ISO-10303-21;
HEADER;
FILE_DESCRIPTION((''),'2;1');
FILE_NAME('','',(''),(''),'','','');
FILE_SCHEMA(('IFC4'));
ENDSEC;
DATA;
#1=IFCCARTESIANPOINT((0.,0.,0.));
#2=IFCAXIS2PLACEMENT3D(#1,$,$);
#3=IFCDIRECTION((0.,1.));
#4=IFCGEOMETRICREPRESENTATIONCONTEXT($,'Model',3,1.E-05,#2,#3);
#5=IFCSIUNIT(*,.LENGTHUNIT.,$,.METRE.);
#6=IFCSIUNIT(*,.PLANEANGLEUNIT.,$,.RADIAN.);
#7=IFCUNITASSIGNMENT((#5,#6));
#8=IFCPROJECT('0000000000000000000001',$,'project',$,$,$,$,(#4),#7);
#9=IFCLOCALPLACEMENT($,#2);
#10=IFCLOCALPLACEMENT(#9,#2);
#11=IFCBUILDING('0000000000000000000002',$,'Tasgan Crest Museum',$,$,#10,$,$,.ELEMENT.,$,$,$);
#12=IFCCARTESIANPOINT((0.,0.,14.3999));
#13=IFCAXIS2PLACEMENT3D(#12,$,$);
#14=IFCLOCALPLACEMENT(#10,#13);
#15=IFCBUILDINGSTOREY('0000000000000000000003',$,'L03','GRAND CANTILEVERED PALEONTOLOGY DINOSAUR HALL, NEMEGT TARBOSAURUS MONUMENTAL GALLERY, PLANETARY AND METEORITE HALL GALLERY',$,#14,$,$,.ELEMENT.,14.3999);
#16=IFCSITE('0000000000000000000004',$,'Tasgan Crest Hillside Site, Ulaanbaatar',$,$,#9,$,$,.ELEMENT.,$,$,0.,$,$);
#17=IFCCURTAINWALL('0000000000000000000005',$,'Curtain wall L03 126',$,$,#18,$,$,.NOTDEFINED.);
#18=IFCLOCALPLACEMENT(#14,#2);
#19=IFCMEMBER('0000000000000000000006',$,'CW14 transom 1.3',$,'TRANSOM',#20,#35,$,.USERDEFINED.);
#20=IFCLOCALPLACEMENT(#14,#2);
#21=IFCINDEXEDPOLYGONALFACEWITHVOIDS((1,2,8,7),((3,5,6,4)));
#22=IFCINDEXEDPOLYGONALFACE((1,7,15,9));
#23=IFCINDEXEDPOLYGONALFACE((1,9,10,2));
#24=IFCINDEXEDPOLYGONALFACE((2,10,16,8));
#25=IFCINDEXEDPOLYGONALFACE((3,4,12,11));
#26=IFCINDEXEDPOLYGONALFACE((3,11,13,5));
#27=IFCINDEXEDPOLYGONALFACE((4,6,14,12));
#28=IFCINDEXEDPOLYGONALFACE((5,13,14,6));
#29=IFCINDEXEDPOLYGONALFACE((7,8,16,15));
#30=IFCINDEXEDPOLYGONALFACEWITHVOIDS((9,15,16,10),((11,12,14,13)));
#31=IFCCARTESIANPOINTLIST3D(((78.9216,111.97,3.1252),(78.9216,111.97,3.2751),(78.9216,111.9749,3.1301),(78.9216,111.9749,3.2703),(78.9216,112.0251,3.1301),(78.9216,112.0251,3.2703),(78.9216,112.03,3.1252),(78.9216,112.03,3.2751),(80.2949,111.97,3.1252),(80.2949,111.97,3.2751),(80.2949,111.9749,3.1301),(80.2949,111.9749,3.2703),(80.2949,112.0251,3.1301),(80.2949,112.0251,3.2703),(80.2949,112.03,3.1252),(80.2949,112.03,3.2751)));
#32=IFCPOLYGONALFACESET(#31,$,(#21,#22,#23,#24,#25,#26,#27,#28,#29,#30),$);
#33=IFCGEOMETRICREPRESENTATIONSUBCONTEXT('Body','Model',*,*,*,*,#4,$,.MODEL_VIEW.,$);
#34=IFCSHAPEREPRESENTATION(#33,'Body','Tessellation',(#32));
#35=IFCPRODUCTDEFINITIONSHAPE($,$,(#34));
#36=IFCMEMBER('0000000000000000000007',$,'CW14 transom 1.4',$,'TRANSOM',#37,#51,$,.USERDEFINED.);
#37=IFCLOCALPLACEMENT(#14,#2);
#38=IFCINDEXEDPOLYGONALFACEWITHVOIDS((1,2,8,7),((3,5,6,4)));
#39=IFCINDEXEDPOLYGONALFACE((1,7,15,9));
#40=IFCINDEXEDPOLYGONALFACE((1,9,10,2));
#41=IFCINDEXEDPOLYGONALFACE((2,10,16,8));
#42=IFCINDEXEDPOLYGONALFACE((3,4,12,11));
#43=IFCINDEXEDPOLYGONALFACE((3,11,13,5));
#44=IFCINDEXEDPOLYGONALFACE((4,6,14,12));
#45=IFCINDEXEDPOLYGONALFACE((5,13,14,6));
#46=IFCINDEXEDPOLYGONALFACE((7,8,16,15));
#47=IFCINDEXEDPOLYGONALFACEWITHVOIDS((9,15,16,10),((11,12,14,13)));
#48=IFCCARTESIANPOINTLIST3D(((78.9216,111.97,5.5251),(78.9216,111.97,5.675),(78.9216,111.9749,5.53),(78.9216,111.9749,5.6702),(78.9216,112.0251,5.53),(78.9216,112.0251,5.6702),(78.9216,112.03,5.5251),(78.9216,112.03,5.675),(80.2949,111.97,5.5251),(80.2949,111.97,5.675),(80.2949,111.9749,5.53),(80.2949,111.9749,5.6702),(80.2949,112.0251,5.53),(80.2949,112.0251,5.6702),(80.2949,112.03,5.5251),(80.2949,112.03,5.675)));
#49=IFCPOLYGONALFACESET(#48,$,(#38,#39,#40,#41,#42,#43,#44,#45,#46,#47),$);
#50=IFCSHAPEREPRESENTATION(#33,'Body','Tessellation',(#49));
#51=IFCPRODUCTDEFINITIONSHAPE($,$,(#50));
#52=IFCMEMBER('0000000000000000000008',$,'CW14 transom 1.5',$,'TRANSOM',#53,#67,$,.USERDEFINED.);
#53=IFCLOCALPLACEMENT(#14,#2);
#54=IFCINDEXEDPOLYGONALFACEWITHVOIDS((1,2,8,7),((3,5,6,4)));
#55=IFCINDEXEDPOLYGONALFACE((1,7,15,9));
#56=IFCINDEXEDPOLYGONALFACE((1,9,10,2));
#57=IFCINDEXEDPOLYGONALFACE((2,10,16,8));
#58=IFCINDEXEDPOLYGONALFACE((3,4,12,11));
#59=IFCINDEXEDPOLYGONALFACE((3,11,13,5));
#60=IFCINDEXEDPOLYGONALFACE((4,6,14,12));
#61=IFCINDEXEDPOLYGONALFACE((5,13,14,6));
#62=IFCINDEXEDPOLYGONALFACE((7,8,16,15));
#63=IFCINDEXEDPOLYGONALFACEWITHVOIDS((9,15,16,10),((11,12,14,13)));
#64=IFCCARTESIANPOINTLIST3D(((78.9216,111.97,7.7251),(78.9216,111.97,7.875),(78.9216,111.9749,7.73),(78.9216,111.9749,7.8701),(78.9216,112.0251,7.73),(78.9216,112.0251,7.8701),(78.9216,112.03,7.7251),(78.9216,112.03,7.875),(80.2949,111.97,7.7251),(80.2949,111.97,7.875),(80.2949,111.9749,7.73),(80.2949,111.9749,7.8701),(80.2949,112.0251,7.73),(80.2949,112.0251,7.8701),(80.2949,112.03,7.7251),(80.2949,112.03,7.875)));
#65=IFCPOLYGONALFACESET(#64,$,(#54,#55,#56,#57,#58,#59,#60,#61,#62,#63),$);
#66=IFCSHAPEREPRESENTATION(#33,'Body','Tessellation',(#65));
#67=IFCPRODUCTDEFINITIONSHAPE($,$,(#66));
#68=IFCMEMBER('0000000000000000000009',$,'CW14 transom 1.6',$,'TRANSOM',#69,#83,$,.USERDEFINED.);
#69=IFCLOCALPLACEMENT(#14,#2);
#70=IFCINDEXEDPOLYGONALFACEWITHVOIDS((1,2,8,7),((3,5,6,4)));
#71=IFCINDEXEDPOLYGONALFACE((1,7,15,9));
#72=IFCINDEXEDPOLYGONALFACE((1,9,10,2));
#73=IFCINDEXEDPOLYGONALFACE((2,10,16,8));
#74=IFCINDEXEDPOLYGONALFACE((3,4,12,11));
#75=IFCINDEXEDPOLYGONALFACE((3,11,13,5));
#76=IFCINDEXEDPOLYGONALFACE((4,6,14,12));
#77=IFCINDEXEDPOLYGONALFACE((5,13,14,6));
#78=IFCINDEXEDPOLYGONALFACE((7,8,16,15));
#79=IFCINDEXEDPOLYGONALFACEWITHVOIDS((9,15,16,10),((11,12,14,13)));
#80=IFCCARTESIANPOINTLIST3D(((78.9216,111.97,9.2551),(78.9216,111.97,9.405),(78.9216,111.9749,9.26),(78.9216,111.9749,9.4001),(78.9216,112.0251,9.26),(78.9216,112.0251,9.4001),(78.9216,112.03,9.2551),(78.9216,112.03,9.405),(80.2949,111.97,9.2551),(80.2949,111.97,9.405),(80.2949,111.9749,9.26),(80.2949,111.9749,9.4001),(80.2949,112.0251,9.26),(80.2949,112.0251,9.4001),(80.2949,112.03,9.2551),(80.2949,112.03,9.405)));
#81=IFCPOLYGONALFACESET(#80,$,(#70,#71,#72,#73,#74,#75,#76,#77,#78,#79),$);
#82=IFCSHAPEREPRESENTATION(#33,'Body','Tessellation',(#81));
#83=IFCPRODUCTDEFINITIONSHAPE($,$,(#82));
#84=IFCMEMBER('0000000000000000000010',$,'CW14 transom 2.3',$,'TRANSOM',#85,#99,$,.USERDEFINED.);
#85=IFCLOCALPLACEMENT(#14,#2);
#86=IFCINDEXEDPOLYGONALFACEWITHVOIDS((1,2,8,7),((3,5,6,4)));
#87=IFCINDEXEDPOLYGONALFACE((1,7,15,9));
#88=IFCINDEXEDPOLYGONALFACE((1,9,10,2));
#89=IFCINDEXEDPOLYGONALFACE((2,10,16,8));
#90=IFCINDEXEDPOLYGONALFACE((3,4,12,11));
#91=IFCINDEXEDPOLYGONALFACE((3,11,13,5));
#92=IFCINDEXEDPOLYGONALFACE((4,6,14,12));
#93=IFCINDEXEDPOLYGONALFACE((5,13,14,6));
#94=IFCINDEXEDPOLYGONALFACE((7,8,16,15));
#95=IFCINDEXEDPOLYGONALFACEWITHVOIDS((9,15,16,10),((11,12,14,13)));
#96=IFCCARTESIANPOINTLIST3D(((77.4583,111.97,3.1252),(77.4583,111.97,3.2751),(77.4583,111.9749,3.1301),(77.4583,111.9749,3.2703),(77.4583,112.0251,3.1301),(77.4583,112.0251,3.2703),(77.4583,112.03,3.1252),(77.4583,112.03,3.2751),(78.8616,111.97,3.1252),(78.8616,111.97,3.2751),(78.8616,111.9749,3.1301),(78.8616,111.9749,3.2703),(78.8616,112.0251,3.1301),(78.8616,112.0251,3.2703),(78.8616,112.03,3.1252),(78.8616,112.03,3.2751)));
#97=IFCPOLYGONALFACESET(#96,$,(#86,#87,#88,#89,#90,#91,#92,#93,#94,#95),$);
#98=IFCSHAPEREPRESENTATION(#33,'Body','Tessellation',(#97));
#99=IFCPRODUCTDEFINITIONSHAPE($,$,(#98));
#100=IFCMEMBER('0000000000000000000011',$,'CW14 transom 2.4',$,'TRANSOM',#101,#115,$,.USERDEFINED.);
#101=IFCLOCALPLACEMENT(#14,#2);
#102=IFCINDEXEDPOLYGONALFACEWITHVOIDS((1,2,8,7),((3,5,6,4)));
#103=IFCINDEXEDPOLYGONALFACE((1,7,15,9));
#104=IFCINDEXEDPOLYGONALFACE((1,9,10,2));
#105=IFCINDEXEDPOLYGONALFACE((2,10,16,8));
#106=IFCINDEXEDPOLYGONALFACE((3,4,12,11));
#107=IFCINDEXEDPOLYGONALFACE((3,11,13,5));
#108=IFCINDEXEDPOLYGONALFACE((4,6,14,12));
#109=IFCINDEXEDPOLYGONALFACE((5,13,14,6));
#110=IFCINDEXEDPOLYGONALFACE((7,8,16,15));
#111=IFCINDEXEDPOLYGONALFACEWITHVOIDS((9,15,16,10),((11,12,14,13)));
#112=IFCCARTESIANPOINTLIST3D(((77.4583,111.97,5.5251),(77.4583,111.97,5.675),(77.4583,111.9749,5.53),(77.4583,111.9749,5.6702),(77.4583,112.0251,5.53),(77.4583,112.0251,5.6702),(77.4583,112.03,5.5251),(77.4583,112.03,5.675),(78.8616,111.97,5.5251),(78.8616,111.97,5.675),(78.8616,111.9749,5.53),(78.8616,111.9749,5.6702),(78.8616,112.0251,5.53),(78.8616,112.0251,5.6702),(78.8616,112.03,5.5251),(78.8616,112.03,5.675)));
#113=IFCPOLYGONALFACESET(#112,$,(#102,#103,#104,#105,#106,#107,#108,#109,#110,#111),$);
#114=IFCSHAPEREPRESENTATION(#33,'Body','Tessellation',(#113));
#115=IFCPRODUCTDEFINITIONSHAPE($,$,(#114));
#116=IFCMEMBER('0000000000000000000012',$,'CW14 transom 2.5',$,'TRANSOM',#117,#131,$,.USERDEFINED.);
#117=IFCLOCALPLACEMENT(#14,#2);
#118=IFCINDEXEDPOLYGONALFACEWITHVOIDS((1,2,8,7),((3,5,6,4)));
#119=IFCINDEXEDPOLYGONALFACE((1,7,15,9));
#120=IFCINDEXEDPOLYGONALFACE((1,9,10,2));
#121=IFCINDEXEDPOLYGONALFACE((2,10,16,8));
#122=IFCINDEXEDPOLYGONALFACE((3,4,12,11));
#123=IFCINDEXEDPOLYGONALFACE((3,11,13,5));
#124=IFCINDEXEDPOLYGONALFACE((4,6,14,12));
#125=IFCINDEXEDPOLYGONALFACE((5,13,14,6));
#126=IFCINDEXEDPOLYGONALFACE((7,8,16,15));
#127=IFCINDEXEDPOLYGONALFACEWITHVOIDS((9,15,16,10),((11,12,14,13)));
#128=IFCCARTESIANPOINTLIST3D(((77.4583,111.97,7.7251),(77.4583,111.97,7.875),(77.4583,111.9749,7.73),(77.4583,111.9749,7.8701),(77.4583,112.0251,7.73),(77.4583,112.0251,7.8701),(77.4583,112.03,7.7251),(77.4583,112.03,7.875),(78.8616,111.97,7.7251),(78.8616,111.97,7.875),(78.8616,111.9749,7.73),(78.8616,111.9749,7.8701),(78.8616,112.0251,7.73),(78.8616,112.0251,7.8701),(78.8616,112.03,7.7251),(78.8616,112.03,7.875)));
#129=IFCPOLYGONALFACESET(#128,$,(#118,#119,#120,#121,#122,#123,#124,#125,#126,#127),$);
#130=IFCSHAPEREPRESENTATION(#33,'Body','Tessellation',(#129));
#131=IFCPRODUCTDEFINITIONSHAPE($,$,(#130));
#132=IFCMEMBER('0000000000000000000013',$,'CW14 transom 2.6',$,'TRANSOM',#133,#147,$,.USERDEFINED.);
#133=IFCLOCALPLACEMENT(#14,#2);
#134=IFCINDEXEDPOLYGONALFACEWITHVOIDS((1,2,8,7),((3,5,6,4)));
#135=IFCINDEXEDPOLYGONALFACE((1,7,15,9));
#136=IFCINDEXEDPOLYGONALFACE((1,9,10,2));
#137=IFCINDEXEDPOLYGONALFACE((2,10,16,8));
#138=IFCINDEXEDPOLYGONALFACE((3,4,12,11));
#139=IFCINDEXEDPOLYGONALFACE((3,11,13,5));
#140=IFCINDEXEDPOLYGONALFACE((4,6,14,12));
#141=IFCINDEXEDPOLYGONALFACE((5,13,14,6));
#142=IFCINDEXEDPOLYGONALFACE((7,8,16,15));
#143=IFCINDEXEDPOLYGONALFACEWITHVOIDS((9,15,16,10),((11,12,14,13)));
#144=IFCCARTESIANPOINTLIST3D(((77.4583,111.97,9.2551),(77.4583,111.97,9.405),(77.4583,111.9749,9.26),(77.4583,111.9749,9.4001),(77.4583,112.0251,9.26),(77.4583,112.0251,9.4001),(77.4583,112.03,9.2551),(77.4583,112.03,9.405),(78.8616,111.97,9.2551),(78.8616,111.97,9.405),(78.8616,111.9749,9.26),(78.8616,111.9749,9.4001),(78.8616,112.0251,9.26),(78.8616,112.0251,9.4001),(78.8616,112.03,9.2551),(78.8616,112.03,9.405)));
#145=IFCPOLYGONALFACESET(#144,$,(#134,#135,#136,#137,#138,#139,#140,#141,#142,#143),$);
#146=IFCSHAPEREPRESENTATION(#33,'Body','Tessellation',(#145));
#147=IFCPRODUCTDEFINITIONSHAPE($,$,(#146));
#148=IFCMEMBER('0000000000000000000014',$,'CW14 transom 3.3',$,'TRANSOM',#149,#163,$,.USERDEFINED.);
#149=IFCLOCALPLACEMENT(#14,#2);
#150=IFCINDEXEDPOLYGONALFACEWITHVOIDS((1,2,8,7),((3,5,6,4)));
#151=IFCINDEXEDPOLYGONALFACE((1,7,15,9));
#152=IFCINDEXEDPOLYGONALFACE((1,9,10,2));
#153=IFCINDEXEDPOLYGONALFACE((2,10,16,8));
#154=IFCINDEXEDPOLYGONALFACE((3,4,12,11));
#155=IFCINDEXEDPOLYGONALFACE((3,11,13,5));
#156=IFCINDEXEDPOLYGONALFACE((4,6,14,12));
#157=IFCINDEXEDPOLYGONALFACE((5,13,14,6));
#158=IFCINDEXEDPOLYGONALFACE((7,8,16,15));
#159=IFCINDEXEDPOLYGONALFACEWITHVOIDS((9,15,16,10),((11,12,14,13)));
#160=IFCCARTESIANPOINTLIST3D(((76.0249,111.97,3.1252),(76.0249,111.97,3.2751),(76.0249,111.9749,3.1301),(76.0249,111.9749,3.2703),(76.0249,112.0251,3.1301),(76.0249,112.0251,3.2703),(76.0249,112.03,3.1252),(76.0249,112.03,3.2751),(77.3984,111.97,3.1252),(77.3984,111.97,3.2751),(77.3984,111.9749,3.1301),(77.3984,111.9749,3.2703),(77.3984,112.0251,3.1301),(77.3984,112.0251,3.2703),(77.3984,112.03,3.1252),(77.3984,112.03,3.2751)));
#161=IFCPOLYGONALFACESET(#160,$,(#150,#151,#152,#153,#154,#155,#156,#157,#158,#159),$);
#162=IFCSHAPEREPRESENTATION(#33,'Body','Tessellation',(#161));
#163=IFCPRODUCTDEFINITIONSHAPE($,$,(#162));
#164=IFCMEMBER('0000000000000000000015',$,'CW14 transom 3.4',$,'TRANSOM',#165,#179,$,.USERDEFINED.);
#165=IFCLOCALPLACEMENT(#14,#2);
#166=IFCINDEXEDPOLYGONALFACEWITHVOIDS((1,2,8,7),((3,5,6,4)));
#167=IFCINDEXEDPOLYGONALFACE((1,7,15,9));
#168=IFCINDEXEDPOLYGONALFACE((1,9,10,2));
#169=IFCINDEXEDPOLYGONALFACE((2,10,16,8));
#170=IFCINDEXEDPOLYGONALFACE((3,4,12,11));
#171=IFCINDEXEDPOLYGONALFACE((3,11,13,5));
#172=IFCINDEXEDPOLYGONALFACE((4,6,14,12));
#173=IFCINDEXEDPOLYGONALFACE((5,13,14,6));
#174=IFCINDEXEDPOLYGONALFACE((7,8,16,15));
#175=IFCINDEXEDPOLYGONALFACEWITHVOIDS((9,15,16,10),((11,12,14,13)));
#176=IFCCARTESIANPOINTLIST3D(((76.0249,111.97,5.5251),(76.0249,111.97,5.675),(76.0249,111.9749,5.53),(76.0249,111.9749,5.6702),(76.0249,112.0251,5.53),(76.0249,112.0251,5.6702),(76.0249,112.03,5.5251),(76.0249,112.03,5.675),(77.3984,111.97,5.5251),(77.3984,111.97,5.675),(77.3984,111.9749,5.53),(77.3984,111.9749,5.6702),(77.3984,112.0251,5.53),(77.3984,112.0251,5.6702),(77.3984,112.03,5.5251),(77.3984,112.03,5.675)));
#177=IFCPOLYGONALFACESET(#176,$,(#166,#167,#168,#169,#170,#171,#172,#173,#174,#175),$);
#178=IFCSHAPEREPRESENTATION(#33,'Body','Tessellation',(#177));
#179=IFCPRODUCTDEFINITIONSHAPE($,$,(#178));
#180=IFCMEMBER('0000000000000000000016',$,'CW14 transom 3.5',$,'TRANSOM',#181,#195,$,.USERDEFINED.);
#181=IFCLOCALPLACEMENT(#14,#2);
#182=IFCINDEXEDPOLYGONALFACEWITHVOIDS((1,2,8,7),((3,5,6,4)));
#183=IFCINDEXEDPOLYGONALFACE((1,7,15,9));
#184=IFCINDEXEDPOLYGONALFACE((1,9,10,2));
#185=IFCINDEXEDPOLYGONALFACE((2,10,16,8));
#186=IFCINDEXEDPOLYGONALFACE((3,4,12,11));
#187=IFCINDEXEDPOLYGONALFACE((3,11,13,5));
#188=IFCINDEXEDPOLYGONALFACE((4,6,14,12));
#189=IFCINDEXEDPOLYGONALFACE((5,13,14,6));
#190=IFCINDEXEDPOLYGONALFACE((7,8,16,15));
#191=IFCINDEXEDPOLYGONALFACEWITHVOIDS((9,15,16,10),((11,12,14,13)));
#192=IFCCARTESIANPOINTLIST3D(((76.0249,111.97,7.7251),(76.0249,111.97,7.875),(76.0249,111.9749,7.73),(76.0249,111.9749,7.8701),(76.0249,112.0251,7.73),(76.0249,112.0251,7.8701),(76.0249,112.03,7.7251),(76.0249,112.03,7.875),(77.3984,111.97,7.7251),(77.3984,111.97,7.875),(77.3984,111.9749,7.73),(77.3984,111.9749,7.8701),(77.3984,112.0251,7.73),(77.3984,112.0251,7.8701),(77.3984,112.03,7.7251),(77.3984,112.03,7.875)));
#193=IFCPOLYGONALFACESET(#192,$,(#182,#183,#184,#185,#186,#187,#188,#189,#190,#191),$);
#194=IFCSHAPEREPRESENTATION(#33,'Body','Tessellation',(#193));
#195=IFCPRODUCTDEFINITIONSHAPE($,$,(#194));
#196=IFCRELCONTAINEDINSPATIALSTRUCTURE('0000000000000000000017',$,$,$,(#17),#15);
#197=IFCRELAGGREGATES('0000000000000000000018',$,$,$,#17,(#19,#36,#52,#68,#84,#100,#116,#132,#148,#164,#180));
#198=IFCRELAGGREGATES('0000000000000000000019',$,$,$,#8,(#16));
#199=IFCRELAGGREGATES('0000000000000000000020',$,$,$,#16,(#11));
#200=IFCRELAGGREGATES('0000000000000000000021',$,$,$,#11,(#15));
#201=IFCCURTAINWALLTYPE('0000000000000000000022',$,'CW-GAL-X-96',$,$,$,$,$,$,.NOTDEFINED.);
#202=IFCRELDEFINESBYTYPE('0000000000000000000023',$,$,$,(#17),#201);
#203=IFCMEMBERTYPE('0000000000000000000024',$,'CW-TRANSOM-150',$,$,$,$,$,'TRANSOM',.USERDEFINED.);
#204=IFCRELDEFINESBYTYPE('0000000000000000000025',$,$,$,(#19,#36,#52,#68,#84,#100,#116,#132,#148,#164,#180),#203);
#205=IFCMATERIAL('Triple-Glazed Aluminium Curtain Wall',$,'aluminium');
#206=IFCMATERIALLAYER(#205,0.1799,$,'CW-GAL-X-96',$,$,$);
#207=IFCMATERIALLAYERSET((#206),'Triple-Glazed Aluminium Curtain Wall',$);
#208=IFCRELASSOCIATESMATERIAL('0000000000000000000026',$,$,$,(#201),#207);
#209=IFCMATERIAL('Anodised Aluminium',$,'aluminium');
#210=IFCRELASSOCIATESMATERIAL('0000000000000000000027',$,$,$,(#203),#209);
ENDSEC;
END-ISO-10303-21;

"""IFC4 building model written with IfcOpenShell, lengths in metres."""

from ifc_helpers import new_model, si_unit, direction, frame, origin, origin_2d, place, context, subcontext, project, spatial, hollow_rectangle, extrude, material, layer, layer_set, material_profile, profile_set, type_object, element, aggregate, save


model = new_model("IFC4")

# Units and contexts
model_context = context("Model", 3, precision=1e-05, world=origin(), true_north=direction((0.0, 1.0)))
body_context = subcontext(model_context, "Body", "Model", "MODEL_VIEW")
ifc_project = project(units=[si_unit("LENGTHUNIT", "METRE"), si_unit("PLANEANGLEUNIT", "RADIAN")], contexts=[model_context])

# Site, building, storey
site_placement = place(None, origin())
site = spatial("IfcSite", under=ifc_project, at=site_placement, Name="Tasgan Crest Hillside Site, Ulaanbaatar", CompositionType="ELEMENT", RefElevation=0.0)
building_placement = place(site_placement, origin())
building = spatial("IfcBuilding", under=site, at=building_placement, Name="Tasgan Crest Museum", CompositionType="ELEMENT")
storey_placement = place(building_placement, frame((0.0, 0.0, 14.3999)))
storey = spatial("IfcBuildingStorey", under=building, at=storey_placement, Name="L03", Description="GRAND CANTILEVERED PALEONTOLOGY DINOSAUR HALL, NEMEGT TARBOSAURUS MONUMENTAL GALLERY, PLANETARY AND METEORITE HALL GALLERY", CompositionType="ELEMENT", Elevation=14.3999)

# Curtain wall, members
ifc_material_1 = material(Name="Triple-Glazed Aluminium Curtain Wall", Category="aluminium")
ifc_layer_1 = layer(ifc_material_1, 0.1799, Name="CW-GAL-X-96")
ifc_layer_set_1 = layer_set([ifc_layer_1], Name="Triple-Glazed Aluminium Curtain Wall")
curtain_wall_type = type_object("IfcCurtainWallType", Name="CW-GAL-X-96", PredefinedType="NOTDEFINED", material=ifc_layer_set_1)
curtain_wall_1_placement = place(storey_placement, origin())
curtain_wall_1 = element("IfcCurtainWall", 1, at=curtain_wall_1_placement, inside=storey, type_object=curtain_wall_type, Name="Curtain wall L03 126", PredefinedType="NOTDEFINED")
ifc_material_2 = material(Name="Anodised Aluminium", Category="aluminium")
ifc_material_profile = material_profile(ifc_material_2, hollow_rectangle(XDim=0.0601, YDim=0.1499, WallThickness=0.0049, at=origin_2d()), Name="ALU TRANSOM 150x60x5")
ifc_profile_set = profile_set([ifc_material_profile], Name="Anodised Aluminium")
member_type = type_object("IfcMemberType", Name="CW-TRANSOM-150", ElementType="TRANSOM", PredefinedType="USERDEFINED", material=ifc_profile_set)
member_1_placement = place(storey_placement, frame((80.2949, 112.0, 3.2002), z_axis=(-1.0, 0.0, 0.0), x_axis=(0.0, -1.0, 0.0)))
member_1 = element("IfcMember", 2, at=member_1_placement, type_object=member_type, Name="CW14 transom 1.3", ObjectType="TRANSOM", PredefinedType="USERDEFINED", context=body_context, shape_type="SweptSolid", body=[
    extrude(hollow_rectangle(XDim=0.0601, YDim=0.1499, WallThickness=0.0049, at=origin_2d()), origin(), (0.0, 0.0, 1.0), 1.3733),
])
member_2_placement = place(storey_placement, frame((80.2949, 112.0, 5.6001), z_axis=(-1.0, 0.0, 0.0), x_axis=(0.0, -1.0, 0.0)))
member_2 = element("IfcMember", 3, at=member_2_placement, type_object=member_type, Name="CW14 transom 1.4", ObjectType="TRANSOM", PredefinedType="USERDEFINED", context=body_context, shape_type="SweptSolid", body=[
    extrude(hollow_rectangle(XDim=0.0601, YDim=0.1499, WallThickness=0.0049, at=origin_2d()), origin(), (0.0, 0.0, 1.0), 1.3733),
])
member_3_placement = place(storey_placement, frame((80.2949, 112.0, 7.8), z_axis=(-1.0, 0.0, 0.0), x_axis=(0.0, -1.0, 0.0)))
member_3 = element("IfcMember", 4, at=member_3_placement, type_object=member_type, Name="CW14 transom 1.5", ObjectType="TRANSOM", PredefinedType="USERDEFINED", context=body_context, shape_type="SweptSolid", body=[
    extrude(hollow_rectangle(XDim=0.0601, YDim=0.1499, WallThickness=0.0049, at=origin_2d()), origin(), (0.0, 0.0, 1.0), 1.3733),
])
member_4_placement = place(storey_placement, frame((80.2949, 112.0, 9.3301), z_axis=(-1.0, 0.0, 0.0), x_axis=(0.0, -1.0, 0.0)))
member_4 = element("IfcMember", 5, at=member_4_placement, type_object=member_type, Name="CW14 transom 1.6", ObjectType="TRANSOM", PredefinedType="USERDEFINED", context=body_context, shape_type="SweptSolid", body=[
    extrude(hollow_rectangle(XDim=0.0601, YDim=0.1499, WallThickness=0.0049, at=origin_2d()), origin(), (0.0, 0.0, 1.0), 1.3733),
])
member_5_placement = place(storey_placement, frame((78.8616, 112.0, 3.2002), z_axis=(-1.0, 0.0, 0.0), x_axis=(0.0, -1.0, 0.0)))
member_5 = element("IfcMember", 6, at=member_5_placement, type_object=member_type, Name="CW14 transom 2.3", ObjectType="TRANSOM", PredefinedType="USERDEFINED", context=body_context, shape_type="SweptSolid", body=[
    extrude(hollow_rectangle(XDim=0.0601, YDim=0.1499, WallThickness=0.0049, at=origin_2d()), origin(), (0.0, 0.0, 1.0), 1.4033),
])
member_6_placement = place(storey_placement, frame((78.8616, 112.0, 5.6001), z_axis=(-1.0, 0.0, 0.0), x_axis=(0.0, -1.0, 0.0)))
member_6 = element("IfcMember", 7, at=member_6_placement, type_object=member_type, Name="CW14 transom 2.4", ObjectType="TRANSOM", PredefinedType="USERDEFINED", context=body_context, shape_type="SweptSolid", body=[
    extrude(hollow_rectangle(XDim=0.0601, YDim=0.1499, WallThickness=0.0049, at=origin_2d()), origin(), (0.0, 0.0, 1.0), 1.4033),
])
member_7_placement = place(storey_placement, frame((78.8616, 112.0, 7.8), z_axis=(-1.0, 0.0, 0.0), x_axis=(0.0, -1.0, 0.0)))
member_7 = element("IfcMember", 8, at=member_7_placement, type_object=member_type, Name="CW14 transom 2.5", ObjectType="TRANSOM", PredefinedType="USERDEFINED", context=body_context, shape_type="SweptSolid", body=[
    extrude(hollow_rectangle(XDim=0.0601, YDim=0.1499, WallThickness=0.0049, at=origin_2d()), origin(), (0.0, 0.0, 1.0), 1.4033),
])
member_8_placement = place(storey_placement, frame((78.8616, 112.0, 9.3301), z_axis=(-1.0, 0.0, 0.0), x_axis=(0.0, -1.0, 0.0)))
member_8 = element("IfcMember", 9, at=member_8_placement, type_object=member_type, Name="CW14 transom 2.6", ObjectType="TRANSOM", PredefinedType="USERDEFINED", context=body_context, shape_type="SweptSolid", body=[
    extrude(hollow_rectangle(XDim=0.0601, YDim=0.1499, WallThickness=0.0049, at=origin_2d()), origin(), (0.0, 0.0, 1.0), 1.4033),
])
member_9_placement = place(storey_placement, frame((77.3984, 112.0, 3.2002), z_axis=(-1.0, 0.0, 0.0), x_axis=(0.0, -1.0, 0.0)))
member_9 = element("IfcMember", 10, at=member_9_placement, type_object=member_type, Name="CW14 transom 3.3", ObjectType="TRANSOM", PredefinedType="USERDEFINED", context=body_context, shape_type="SweptSolid", body=[
    extrude(hollow_rectangle(XDim=0.0601, YDim=0.1499, WallThickness=0.0049, at=origin_2d()), origin(), (0.0, 0.0, 1.0), 1.3735),
])
member_10_placement = place(storey_placement, frame((77.3984, 112.0, 5.6001), z_axis=(-1.0, 0.0, 0.0), x_axis=(0.0, -1.0, 0.0)))
member_10 = element("IfcMember", 11, at=member_10_placement, type_object=member_type, Name="CW14 transom 3.4", ObjectType="TRANSOM", PredefinedType="USERDEFINED", context=body_context, shape_type="SweptSolid", body=[
    extrude(hollow_rectangle(XDim=0.0601, YDim=0.1499, WallThickness=0.0049, at=origin_2d()), origin(), (0.0, 0.0, 1.0), 1.3735),
])
member_11_placement = place(storey_placement, frame((77.3984, 112.0, 7.8), z_axis=(-1.0, 0.0, 0.0), x_axis=(0.0, -1.0, 0.0)))
member_11 = element("IfcMember", 12, at=member_11_placement, type_object=member_type, Name="CW14 transom 3.5", ObjectType="TRANSOM", PredefinedType="USERDEFINED", context=body_context, shape_type="SweptSolid", body=[
    extrude(hollow_rectangle(XDim=0.0601, YDim=0.1499, WallThickness=0.0049, at=origin_2d()), origin(), (0.0, 0.0, 1.0), 1.3735),
])

aggregate(curtain_wall_1, [member_1, member_2, member_3, member_4, member_5, member_6, member_7, member_8, member_9, member_10, member_11])

save(model, "model.ifc")
